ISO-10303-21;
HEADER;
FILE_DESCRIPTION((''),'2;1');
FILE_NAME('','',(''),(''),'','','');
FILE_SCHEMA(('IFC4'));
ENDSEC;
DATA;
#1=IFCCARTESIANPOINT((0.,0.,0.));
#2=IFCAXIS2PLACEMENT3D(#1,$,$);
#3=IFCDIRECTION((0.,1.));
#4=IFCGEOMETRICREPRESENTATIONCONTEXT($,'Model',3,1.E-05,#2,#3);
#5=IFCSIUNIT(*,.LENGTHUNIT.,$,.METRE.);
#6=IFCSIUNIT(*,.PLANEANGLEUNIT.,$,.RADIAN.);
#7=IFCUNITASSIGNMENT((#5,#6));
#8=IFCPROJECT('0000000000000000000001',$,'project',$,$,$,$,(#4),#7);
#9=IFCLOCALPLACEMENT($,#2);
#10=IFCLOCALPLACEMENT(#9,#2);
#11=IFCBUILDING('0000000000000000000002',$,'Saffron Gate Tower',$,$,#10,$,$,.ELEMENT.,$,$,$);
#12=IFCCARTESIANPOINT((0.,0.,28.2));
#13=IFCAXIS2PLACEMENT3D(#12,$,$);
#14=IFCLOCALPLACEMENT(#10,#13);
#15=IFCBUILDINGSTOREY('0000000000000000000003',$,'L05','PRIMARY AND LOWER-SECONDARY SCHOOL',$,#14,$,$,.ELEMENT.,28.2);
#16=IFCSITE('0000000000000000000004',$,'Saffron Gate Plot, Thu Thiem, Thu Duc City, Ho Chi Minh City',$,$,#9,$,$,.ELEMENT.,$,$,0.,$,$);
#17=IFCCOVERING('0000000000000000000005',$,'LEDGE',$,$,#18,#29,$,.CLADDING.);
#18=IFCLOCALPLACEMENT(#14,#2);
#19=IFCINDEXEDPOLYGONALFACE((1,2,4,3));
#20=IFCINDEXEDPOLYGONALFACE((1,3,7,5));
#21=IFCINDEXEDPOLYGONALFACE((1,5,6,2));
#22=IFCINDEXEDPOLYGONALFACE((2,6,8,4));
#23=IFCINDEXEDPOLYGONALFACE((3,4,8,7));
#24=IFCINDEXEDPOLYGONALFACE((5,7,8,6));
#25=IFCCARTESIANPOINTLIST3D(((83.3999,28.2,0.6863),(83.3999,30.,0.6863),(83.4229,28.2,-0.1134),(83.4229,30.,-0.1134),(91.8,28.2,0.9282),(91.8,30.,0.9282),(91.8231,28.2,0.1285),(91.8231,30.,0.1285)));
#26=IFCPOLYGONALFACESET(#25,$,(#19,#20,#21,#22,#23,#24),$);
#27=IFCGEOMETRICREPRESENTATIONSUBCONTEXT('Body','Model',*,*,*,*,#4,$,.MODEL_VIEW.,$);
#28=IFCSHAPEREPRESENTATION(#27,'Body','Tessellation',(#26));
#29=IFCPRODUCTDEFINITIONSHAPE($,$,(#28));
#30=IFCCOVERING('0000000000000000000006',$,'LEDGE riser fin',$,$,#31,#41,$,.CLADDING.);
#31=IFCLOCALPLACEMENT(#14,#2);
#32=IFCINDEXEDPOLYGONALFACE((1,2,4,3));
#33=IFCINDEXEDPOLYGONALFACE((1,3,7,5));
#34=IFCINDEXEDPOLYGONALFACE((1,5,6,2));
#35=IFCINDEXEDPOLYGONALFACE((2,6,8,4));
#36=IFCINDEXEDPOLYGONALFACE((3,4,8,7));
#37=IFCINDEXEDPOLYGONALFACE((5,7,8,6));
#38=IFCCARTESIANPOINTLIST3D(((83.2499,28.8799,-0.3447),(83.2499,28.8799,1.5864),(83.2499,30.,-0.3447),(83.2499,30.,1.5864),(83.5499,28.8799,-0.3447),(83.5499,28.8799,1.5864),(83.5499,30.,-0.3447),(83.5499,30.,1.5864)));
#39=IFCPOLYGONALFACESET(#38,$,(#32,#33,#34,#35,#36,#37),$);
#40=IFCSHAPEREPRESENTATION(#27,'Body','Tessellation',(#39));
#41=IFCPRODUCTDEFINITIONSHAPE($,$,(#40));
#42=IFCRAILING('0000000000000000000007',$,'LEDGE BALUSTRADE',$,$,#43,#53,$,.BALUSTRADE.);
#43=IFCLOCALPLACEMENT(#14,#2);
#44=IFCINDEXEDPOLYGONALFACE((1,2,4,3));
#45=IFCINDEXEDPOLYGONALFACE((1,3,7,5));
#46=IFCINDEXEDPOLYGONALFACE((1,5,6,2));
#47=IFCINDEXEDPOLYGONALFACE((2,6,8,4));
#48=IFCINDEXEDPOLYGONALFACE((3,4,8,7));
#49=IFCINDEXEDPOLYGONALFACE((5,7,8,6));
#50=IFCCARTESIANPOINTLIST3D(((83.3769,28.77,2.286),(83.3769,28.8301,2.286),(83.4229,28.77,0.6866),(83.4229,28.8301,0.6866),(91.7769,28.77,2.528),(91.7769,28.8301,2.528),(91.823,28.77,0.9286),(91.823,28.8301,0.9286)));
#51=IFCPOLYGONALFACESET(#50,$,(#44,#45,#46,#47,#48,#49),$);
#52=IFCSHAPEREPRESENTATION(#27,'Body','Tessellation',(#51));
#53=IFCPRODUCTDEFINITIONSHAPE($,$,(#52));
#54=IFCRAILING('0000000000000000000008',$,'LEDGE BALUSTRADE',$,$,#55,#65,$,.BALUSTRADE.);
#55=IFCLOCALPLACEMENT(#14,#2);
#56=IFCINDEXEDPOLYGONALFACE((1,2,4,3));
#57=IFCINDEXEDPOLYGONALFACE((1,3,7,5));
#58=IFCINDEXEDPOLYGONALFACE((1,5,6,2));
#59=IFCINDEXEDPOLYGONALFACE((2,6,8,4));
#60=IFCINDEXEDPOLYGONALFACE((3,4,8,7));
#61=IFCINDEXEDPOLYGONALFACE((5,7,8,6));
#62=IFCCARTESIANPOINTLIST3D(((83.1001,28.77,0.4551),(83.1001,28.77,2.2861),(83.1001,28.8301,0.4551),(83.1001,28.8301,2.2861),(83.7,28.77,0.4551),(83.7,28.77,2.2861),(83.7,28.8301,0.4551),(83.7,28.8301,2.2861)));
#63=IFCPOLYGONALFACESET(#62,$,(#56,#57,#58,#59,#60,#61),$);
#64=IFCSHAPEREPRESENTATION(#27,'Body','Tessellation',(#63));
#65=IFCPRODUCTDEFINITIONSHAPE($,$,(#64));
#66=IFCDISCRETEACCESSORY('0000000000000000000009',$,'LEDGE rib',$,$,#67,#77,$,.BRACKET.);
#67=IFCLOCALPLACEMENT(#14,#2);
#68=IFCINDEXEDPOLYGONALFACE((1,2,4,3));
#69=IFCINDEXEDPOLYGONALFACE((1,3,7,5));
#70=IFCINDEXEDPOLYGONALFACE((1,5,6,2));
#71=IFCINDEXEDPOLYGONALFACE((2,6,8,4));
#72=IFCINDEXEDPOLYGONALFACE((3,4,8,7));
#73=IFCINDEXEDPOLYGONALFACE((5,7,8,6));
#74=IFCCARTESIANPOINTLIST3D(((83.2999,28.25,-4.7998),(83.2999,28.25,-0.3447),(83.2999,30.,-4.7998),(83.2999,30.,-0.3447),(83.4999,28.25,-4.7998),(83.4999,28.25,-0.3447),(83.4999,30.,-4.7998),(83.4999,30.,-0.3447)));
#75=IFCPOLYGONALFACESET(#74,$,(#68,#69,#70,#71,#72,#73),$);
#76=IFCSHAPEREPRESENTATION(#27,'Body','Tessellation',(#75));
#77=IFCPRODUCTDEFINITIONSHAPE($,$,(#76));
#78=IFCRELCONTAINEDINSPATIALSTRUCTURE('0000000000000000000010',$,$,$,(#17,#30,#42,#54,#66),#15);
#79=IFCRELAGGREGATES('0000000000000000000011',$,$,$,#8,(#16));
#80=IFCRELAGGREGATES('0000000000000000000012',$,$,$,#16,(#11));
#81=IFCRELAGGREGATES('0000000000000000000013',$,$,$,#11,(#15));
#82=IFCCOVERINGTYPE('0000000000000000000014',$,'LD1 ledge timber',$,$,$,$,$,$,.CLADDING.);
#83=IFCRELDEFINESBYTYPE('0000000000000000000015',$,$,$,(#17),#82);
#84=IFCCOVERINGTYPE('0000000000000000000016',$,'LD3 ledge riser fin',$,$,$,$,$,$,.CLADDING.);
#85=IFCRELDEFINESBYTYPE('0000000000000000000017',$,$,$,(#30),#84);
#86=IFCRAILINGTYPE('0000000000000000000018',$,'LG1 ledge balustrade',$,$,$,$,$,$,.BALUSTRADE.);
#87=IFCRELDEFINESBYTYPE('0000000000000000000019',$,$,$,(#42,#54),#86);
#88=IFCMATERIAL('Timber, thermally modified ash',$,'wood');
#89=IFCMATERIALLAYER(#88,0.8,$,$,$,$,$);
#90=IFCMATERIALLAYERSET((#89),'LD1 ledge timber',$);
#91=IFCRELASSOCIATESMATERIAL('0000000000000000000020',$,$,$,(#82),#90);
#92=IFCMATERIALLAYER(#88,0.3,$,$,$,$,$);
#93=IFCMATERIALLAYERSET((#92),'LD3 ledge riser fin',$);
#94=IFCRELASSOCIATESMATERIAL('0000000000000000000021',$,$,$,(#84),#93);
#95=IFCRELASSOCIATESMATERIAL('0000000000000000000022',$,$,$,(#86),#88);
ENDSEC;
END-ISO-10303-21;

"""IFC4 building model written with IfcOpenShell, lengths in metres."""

from ifc_helpers import new_model, si_unit, direction, frame, origin, origin_2d, place, context, subcontext, project, spatial, polyline, rectangle, outline, extrude, material, layer, layer_set, type_object, element, save


model = new_model("IFC4")

# Units and contexts
model_context = context("Model", 3, precision=1e-05, world=origin(), true_north=direction((0.0, 1.0)))
body_context = subcontext(model_context, "Body", "Model", "MODEL_VIEW")
ifc_project = project(units=[si_unit("LENGTHUNIT", "METRE"), si_unit("PLANEANGLEUNIT", "RADIAN")], contexts=[model_context])

# Site, building, storey
site_placement = place(None, origin())
site = spatial("IfcSite", under=ifc_project, at=site_placement, Name="Saffron Gate Plot, Thu Thiem, Thu Duc City, Ho Chi Minh City", CompositionType="ELEMENT", RefElevation=0.0)
building_placement = place(site_placement, origin())
building = spatial("IfcBuilding", under=site, at=building_placement, Name="Saffron Gate Tower", CompositionType="ELEMENT")
storey_placement = place(building_placement, frame((0.0, 0.0, 28.2)))
storey = spatial("IfcBuildingStorey", under=building, at=storey_placement, Name="L05", Description="PRIMARY AND LOWER-SECONDARY SCHOOL", CompositionType="ELEMENT", Elevation=28.2)

# Coverings
ifc_material_1 = material(Name="Timber, thermally modified ash", Category="wood")
ifc_layer_1 = layer(ifc_material_1, 0.8)
ifc_layer_set_1 = layer_set([ifc_layer_1], Name="LD1 ledge timber")
covering_type_1 = type_object("IfcCoveringType", Name="LD1 ledge timber", PredefinedType="CLADDING", material=ifc_layer_set_1)
covering_1_placement = place(storey_placement, frame((83.3999, 30.0, 0.6863), z_axis=(-0.02879, 0.0, 0.999585), x_axis=(0.999585, 0.0, 0.02879)))
element("IfcCovering", 1, at=covering_1_placement, inside=storey, type_object=covering_type_1, Name="LEDGE", PredefinedType="CLADDING", context=body_context, shape_type="SweptSolid", body=[
    extrude(outline(polyline([(0.0, 0.0), (8.4036, 0.0), (8.4036, -1.8), (0.0, -1.8), (0.0, 0.0)])), origin(), (0.0, 0.0, -1.0), 0.8),
])
ifc_layer_2 = layer(ifc_material_1, 0.3)
ifc_layer_set_2 = layer_set([ifc_layer_2], Name="LD3 ledge riser fin")
covering_type_2 = type_object("IfcCoveringType", Name="LD3 ledge riser fin", PredefinedType="CLADDING", material=ifc_layer_set_2)
covering_2_placement = place(storey_placement, frame((83.3999, 29.4399, -0.3447), z_axis=(0.0, 0.0, 1.0), x_axis=(1.0, 0.0, 0.0)))
element("IfcCovering", 2, at=covering_2_placement, inside=storey, type_object=covering_type_2, Name="LEDGE riser fin", PredefinedType="CLADDING", context=body_context, shape_type="SweptSolid", body=[
    extrude(rectangle(XDim=0.3, YDim=1.1201, at=origin_2d()), origin(), (0.0, 0.0, 1.0), 1.9312),
])

# Railings
railing_type = type_object("IfcRailingType", Name="LG1 ledge balustrade", PredefinedType="BALUSTRADE", material=ifc_material_1)
railing_1_placement = place(storey_placement, frame((83.3999, 28.8, 0.6863)))
element("IfcRailing", 3, at=railing_1_placement, inside=storey, type_object=railing_type, Name="LEDGE BALUSTRADE", PredefinedType="BALUSTRADE", context=body_context, shape_type="SweptSolid", body=[
    extrude(rectangle(XDim=0.0601, YDim=1.6001, at=origin_2d()), frame((0.0, 0.0, 0.8), z_axis=(0.999585, 0.0, 0.02879), x_axis=(0.0, 1.0, 0.0)), (0.0, 0.0, 1.0), 8.4036),
])
railing_2_placement = place(storey_placement, frame((83.1001, 28.8, 0.4551)))
element("IfcRailing", 4, at=railing_2_placement, inside=storey, type_object=railing_type, Name="LEDGE BALUSTRADE", PredefinedType="BALUSTRADE", context=body_context, shape_type="SweptSolid", body=[
    extrude(rectangle(XDim=0.0601, YDim=1.8311, at=origin_2d()), frame((0.0, 0.0, 0.9155), z_axis=(1.0, 0.0, 0.0), x_axis=(0.0, 1.0, 0.0)), (0.0, 0.0, 1.0), 0.5999),
])

# Discrete accessory
discrete_accessory_placement = place(storey_placement, frame((83.3999, 29.125, -4.7998), z_axis=(0.0, 0.0, 1.0), x_axis=(1.0, 0.0, 0.0)))
element("IfcDiscreteAccessory", 5, at=discrete_accessory_placement, inside=storey, Name="LEDGE rib", PredefinedType="BRACKET", context=body_context, shape_type="SweptSolid", body=[
    extrude(rectangle(XDim=0.2, YDim=1.75, at=origin_2d()), origin(), (0.0, 0.0, 1.0), 4.4551),
])

save(model, "model.ifc")
